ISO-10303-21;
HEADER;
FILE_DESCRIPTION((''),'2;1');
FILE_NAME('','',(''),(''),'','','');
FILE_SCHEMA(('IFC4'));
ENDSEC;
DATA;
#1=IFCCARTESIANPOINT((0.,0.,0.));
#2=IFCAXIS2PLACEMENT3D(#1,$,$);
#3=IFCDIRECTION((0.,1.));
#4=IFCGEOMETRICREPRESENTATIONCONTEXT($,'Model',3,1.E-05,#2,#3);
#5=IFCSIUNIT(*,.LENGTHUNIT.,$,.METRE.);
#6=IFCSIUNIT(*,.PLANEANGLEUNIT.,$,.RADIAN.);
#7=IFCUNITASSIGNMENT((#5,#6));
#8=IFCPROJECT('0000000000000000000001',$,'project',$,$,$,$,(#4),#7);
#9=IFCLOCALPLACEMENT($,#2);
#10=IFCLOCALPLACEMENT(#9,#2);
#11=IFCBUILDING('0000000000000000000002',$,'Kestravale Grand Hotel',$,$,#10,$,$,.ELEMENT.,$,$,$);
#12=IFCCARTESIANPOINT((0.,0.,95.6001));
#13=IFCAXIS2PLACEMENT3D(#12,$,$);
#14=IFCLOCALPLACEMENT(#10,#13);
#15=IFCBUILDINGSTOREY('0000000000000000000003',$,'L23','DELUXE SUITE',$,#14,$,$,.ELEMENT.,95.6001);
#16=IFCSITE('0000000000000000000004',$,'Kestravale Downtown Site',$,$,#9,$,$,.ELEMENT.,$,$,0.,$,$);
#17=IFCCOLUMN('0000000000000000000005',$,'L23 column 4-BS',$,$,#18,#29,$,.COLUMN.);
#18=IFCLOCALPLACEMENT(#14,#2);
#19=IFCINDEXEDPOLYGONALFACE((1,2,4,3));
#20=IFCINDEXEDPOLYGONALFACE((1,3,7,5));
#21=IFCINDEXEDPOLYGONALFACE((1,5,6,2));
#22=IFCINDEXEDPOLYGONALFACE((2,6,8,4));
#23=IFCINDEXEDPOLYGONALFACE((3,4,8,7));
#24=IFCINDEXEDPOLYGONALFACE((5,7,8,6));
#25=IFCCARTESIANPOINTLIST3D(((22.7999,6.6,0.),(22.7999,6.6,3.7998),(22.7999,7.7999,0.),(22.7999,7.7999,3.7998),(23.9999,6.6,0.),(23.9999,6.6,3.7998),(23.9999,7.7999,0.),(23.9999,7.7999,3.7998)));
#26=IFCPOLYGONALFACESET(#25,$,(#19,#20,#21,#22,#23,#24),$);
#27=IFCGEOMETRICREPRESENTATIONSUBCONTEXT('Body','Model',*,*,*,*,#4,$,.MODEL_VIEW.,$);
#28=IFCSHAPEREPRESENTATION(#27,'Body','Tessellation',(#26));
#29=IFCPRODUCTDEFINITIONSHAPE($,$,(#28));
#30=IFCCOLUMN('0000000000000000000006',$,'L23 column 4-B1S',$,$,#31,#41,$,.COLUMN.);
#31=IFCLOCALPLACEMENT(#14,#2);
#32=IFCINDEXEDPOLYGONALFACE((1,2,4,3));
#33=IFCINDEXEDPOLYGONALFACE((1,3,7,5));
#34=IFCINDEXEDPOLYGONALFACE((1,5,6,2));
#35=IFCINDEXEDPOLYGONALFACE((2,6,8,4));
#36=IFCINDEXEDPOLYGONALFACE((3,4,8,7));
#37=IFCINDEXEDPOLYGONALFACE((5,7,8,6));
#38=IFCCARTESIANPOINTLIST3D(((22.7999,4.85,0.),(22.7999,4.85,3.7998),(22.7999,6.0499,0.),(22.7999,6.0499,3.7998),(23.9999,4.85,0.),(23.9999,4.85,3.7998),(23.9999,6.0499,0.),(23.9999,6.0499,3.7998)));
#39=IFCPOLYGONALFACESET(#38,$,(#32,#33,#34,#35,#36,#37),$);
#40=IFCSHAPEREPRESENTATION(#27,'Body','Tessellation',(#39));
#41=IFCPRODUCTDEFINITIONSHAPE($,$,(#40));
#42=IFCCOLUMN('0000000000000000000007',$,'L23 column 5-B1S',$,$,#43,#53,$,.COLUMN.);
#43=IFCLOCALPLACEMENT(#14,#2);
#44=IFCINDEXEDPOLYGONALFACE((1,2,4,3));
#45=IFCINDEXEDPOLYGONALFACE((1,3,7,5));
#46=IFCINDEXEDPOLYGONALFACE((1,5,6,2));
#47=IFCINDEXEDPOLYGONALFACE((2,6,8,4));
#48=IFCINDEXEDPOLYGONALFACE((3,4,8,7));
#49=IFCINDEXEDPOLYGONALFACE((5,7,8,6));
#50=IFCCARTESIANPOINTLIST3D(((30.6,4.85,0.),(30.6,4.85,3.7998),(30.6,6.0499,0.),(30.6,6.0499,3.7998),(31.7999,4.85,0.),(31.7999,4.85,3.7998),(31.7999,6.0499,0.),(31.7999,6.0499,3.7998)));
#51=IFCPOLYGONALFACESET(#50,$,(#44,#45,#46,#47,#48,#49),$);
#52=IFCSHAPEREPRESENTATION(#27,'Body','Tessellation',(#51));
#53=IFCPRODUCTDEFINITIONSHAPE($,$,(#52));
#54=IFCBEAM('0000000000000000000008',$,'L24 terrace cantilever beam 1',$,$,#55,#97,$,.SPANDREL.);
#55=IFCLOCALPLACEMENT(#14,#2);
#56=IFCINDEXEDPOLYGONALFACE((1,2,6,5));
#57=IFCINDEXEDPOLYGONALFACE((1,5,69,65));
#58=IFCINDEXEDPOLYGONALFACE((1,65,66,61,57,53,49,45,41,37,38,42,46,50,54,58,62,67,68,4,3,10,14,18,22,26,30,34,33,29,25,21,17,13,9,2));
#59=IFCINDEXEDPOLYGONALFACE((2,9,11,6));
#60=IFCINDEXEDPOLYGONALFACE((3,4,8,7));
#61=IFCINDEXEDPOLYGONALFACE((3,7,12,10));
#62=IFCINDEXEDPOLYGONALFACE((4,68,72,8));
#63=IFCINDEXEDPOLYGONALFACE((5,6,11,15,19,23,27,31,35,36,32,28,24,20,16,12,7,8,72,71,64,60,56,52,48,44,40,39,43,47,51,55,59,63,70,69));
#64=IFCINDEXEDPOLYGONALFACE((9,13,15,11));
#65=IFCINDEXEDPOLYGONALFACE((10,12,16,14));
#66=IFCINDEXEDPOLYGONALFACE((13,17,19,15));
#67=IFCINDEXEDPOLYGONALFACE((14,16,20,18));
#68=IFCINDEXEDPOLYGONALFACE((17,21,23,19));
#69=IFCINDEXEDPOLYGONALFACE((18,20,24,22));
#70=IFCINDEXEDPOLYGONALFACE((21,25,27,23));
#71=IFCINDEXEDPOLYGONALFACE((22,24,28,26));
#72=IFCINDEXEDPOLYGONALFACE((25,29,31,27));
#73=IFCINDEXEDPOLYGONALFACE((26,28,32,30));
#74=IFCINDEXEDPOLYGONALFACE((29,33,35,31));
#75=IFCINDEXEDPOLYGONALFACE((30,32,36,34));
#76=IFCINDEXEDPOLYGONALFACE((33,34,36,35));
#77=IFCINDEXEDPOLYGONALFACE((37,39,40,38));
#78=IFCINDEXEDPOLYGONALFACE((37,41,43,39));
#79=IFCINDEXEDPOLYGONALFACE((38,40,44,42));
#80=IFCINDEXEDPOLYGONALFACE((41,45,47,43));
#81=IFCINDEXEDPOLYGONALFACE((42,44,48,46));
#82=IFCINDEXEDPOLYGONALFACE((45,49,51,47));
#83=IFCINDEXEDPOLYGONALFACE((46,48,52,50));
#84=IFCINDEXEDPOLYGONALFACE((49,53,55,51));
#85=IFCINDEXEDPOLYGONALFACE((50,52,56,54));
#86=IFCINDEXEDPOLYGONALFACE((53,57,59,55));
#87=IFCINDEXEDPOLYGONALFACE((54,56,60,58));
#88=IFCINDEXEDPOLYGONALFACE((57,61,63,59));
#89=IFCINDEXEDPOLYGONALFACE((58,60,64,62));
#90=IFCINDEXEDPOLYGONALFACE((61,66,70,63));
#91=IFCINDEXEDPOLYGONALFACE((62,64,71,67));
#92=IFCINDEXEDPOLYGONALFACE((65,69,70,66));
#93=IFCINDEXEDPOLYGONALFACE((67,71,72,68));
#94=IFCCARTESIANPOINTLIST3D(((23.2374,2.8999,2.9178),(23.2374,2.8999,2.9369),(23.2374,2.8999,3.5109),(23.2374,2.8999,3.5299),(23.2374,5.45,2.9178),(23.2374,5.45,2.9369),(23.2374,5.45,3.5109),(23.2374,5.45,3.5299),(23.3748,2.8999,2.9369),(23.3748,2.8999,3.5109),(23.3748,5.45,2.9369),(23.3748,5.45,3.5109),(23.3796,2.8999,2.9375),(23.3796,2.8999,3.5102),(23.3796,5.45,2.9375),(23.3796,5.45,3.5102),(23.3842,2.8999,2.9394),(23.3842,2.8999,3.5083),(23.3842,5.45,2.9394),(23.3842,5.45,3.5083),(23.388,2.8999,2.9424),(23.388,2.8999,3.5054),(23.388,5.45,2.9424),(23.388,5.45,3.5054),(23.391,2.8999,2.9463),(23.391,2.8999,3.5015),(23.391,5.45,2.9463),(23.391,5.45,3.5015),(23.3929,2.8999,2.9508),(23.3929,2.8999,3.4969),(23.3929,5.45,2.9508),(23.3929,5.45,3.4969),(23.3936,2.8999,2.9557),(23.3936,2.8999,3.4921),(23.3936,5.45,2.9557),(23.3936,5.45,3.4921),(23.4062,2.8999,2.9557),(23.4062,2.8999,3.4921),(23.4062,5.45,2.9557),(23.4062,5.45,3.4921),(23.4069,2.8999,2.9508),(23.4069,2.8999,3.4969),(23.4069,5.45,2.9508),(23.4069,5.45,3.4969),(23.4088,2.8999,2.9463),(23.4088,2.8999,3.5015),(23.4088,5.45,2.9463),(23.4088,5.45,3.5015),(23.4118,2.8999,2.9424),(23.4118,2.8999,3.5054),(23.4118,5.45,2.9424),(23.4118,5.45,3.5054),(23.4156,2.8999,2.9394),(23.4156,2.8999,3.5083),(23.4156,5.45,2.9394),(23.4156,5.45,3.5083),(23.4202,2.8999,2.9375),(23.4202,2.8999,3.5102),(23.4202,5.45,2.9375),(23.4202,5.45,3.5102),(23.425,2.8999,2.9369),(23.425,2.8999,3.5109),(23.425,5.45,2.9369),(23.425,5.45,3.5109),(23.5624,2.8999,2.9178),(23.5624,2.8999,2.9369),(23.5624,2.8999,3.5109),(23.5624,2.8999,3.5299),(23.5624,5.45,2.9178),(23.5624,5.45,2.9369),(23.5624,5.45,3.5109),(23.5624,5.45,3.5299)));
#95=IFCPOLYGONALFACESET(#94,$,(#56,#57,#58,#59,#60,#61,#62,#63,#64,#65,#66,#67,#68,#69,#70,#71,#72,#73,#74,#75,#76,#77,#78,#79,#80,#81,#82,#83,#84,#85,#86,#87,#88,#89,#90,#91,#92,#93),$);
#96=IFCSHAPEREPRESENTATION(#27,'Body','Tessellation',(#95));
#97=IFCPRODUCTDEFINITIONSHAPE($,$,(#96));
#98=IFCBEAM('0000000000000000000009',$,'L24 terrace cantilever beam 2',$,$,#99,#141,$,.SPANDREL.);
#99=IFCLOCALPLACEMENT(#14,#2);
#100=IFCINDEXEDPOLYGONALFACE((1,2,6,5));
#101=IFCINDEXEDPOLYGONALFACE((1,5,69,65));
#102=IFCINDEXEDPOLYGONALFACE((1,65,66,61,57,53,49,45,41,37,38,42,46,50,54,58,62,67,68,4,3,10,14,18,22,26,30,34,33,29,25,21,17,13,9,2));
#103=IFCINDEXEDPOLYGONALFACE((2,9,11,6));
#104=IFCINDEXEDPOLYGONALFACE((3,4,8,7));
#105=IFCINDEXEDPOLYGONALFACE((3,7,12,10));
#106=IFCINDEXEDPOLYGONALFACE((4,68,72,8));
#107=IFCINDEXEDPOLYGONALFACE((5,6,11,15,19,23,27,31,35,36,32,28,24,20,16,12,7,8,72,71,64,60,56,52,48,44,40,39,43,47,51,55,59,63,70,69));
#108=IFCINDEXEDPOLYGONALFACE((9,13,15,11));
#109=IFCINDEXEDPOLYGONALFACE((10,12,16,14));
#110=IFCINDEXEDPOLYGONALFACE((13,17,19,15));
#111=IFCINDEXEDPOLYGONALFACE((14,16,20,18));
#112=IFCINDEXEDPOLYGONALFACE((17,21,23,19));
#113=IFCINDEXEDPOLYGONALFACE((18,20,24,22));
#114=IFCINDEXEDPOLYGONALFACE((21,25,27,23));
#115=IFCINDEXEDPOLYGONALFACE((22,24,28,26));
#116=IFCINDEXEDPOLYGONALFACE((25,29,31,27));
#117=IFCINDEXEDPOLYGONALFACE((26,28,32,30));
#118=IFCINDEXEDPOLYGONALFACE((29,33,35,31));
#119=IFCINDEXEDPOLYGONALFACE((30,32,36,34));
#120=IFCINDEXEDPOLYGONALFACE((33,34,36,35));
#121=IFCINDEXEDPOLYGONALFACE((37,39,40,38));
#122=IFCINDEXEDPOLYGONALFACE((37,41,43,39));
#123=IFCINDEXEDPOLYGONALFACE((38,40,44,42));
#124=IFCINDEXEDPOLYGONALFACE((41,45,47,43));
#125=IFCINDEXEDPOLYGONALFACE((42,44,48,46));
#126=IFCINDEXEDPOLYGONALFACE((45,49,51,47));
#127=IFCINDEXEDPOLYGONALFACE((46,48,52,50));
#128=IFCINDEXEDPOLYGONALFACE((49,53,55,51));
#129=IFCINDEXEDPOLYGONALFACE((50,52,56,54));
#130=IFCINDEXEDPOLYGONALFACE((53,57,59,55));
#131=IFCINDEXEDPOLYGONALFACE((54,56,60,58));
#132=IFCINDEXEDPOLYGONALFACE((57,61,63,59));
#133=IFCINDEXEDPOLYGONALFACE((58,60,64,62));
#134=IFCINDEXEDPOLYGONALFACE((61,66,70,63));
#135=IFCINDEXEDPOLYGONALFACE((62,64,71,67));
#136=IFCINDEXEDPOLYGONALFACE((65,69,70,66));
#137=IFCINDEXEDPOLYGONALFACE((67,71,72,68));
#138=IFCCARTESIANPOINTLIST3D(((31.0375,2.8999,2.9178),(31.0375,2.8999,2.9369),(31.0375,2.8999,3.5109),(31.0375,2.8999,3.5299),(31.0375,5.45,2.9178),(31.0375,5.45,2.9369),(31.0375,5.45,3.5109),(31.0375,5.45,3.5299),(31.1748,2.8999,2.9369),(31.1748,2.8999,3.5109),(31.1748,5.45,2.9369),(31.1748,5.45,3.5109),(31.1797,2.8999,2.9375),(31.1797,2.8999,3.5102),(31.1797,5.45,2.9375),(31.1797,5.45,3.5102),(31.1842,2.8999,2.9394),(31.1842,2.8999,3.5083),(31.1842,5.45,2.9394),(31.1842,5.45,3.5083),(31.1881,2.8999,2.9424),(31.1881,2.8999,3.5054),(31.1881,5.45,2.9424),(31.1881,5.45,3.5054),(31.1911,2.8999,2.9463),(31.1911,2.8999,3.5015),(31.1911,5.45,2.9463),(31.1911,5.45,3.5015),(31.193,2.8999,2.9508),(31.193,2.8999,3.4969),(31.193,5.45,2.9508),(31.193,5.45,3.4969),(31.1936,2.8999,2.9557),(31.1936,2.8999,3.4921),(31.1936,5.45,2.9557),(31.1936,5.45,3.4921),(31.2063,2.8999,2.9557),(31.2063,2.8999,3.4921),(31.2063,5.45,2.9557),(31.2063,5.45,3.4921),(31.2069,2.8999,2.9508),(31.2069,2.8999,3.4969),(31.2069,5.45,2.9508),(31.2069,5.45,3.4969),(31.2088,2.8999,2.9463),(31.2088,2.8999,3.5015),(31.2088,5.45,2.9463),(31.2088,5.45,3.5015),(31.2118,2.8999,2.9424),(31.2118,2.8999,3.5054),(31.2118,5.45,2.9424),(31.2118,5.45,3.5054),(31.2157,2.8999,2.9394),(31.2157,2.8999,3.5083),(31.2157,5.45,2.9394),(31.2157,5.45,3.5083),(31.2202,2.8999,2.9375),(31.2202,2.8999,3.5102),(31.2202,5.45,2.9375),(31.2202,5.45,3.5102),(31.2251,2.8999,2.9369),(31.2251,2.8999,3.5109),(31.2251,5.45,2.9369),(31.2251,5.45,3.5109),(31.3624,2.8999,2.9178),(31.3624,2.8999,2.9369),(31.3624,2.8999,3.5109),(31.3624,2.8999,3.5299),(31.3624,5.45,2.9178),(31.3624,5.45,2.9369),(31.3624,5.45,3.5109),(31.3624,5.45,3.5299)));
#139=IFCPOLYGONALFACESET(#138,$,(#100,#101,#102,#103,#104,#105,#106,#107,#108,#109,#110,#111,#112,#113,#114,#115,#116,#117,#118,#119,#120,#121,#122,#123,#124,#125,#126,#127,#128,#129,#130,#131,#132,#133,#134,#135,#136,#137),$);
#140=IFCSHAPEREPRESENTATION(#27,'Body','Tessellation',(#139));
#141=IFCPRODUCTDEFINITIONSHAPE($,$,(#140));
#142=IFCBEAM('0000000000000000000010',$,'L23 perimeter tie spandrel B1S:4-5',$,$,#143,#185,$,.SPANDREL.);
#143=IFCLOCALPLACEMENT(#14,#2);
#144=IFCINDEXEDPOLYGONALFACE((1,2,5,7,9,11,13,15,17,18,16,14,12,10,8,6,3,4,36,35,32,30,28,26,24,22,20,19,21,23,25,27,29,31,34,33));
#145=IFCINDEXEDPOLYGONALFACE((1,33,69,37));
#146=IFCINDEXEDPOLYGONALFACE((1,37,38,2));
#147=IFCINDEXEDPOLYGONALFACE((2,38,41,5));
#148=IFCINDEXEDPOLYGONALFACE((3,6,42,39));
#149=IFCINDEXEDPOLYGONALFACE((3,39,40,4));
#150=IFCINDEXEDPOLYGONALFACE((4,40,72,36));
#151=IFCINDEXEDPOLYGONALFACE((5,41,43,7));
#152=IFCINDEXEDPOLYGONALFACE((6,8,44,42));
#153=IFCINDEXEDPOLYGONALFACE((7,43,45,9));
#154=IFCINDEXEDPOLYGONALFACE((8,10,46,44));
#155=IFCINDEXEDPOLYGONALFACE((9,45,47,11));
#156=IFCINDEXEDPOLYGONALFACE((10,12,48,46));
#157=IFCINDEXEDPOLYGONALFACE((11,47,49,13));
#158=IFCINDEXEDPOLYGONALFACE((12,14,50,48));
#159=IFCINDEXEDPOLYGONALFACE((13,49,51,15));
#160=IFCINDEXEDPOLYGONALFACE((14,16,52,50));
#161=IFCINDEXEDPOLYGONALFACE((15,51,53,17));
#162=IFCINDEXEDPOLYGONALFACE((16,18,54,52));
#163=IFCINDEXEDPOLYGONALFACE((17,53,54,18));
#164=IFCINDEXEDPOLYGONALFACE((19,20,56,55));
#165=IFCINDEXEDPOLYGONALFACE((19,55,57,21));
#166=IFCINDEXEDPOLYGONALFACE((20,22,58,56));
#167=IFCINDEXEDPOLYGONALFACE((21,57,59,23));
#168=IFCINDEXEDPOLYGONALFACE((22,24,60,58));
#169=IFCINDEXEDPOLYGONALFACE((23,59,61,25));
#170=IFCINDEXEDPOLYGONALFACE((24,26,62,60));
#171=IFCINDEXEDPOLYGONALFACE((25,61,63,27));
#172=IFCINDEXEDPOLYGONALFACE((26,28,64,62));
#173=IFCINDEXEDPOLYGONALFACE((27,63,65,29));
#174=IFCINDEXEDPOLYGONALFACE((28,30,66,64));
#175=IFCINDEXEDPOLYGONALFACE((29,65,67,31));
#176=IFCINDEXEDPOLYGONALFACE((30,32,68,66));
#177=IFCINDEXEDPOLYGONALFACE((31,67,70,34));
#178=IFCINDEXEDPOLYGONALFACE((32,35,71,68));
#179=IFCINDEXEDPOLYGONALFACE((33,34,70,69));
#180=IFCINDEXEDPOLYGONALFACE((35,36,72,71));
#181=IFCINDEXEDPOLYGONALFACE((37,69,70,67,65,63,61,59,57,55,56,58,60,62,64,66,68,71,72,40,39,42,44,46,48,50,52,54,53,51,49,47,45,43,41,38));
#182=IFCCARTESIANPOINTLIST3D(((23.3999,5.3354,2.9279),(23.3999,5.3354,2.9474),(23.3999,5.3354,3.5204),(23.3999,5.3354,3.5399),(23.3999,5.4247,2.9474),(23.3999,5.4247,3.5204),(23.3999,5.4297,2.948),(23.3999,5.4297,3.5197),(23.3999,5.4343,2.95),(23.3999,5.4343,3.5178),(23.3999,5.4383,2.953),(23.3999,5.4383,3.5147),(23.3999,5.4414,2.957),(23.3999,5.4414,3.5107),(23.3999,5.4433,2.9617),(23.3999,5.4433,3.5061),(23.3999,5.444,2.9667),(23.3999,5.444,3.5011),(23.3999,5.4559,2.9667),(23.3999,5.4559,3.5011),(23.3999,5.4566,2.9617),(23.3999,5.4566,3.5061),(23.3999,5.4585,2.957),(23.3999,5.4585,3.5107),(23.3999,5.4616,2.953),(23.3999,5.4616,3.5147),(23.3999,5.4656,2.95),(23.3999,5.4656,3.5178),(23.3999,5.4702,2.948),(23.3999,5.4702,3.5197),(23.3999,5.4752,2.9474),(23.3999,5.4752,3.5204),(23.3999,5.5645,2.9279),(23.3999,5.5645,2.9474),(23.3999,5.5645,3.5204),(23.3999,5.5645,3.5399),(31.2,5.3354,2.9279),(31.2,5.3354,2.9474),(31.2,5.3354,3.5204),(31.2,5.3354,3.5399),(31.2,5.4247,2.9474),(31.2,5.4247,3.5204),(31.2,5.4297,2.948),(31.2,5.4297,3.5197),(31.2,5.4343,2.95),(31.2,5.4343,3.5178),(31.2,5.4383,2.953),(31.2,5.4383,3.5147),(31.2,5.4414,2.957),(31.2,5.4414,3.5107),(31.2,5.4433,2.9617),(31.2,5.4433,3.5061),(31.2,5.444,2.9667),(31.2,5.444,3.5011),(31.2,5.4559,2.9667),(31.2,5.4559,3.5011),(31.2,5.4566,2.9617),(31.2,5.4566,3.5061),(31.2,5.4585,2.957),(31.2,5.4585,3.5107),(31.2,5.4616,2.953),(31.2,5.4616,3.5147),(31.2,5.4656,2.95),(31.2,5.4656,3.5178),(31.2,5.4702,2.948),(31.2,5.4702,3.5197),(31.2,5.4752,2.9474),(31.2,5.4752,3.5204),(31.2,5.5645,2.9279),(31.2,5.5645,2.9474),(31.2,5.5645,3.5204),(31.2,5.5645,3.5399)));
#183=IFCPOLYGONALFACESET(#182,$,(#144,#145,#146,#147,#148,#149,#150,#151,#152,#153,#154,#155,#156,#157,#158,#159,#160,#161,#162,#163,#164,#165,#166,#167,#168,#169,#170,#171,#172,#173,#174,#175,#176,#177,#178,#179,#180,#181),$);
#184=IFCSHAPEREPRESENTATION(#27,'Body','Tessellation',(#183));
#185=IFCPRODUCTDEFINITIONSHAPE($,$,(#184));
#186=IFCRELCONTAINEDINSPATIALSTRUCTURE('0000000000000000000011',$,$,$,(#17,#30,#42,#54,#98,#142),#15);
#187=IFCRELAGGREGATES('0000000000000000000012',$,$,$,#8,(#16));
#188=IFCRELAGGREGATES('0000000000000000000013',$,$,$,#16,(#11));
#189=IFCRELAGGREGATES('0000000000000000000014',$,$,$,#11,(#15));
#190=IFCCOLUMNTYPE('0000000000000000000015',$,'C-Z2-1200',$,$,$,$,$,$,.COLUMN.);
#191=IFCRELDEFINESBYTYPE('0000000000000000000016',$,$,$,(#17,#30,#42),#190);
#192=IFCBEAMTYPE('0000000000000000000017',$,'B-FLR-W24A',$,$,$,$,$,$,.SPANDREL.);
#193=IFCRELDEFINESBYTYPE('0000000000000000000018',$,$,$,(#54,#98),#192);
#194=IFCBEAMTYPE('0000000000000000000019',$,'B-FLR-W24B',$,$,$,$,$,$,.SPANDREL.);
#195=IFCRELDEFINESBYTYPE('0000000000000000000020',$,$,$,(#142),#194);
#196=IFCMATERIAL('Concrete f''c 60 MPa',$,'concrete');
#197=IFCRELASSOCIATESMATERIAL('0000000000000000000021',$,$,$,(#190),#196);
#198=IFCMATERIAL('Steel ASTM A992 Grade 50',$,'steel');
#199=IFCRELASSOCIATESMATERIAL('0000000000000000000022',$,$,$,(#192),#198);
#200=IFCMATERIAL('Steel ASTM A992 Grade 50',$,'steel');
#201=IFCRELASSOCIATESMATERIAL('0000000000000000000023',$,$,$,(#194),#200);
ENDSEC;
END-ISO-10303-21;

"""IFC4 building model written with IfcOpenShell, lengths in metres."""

from ifc_helpers import new_model, si_unit, direction, frame, origin, origin_2d, place, context, subcontext, project, spatial, rectangle, i_section, extrude, material, material_profile, profile_set, type_object, element, save


model = new_model("IFC4")

# Units and contexts
model_context = context("Model", 3, precision=1e-05, world=origin(), true_north=direction((0.0, 1.0)))
body_context = subcontext(model_context, "Body", "Model", "MODEL_VIEW")
ifc_project = project(units=[si_unit("LENGTHUNIT", "METRE"), si_unit("PLANEANGLEUNIT", "RADIAN")], contexts=[model_context])

# Site, building, storey
site_placement = place(None, origin())
site = spatial("IfcSite", under=ifc_project, at=site_placement, Name="Kestravale Downtown Site", CompositionType="ELEMENT", RefElevation=0.0)
building_placement = place(site_placement, origin())
building = spatial("IfcBuilding", under=site, at=building_placement, Name="Kestravale Grand Hotel", CompositionType="ELEMENT")
storey_placement = place(building_placement, frame((0.0, 0.0, 95.6001)))
storey = spatial("IfcBuildingStorey", under=building, at=storey_placement, Name="L23", Description="DELUXE SUITE", CompositionType="ELEMENT", Elevation=95.6001)

# Columns
ifc_material_1 = material(Name="Concrete f'c 60 MPa", Category="concrete")
ifc_material_profile_1 = material_profile(ifc_material_1, rectangle(XDim=1.2, YDim=1.2, at=origin_2d()))
ifc_profile_set_1 = profile_set([ifc_material_profile_1], Name="Concrete f'c 60 MPa")
column_type = type_object("IfcColumnType", Name="C-Z2-1200", PredefinedType="COLUMN", material=ifc_profile_set_1)
for number, where, z_axis, x_axis, name in (
    (1, (23.3999, 7.2, 0.0), (0.0, 0.0, 1.0), (1.0, 0.0, 0.0), "L23 column 4-BS"),
    (2, (23.3999, 5.45, 0.0), (0.0, 0.0, 1.0), (1.0, 0.0, 0.0), "L23 column 4-B1S"),
    (3, (31.2, 5.45, 0.0), (0.0, 0.0, 1.0), (1.0, 0.0, 0.0), "L23 column 5-B1S"),
):
    element("IfcColumn", number, at=place(storey_placement, frame(where, z_axis=z_axis, x_axis=x_axis)), inside=storey, type_object=column_type, Name=name, PredefinedType="COLUMN", context=body_context, shape_type="SweptSolid", body=[
        extrude(rectangle(XDim=1.2, YDim=1.2, at=origin_2d()), origin(), (0.0, 0.0, 1.0), 3.7998),
    ])

# Beams
ifc_material_2 = material(Name="Steel ASTM A992 Grade 50", Category="steel")
ifc_material_profile_2 = material_profile(ifc_material_2, i_section(OverallWidth=0.325, OverallDepth=0.6121, WebThickness=0.0127, FlangeThickness=0.019, FilletRadius=0.0188, at=origin_2d()))
ifc_profile_set_2 = profile_set([ifc_material_profile_2], Name="Steel ASTM A992 Grade 50")
beam_type_1 = type_object("IfcBeamType", Name="B-FLR-W24A", PredefinedType="SPANDREL", material=ifc_profile_set_2)
for number, where, z_axis, x_axis, name in (
    (4, (23.3999, 5.45, 3.2239), (0.0, -1.0, 0.0), (1.0, 0.0, 0.0), "L24 terrace cantilever beam 1"),
    (5, (31.2, 5.45, 3.2239), (0.0, -1.0, 0.0), (1.0, 0.0, 0.0), "L24 terrace cantilever beam 2"),
):
    element("IfcBeam", number, at=place(storey_placement, frame(where, z_axis=z_axis, x_axis=x_axis)), inside=storey, type_object=beam_type_1, Name=name, PredefinedType="SPANDREL", context=body_context, shape_type="SweptSolid", body=[
        extrude(i_section(OverallWidth=0.325, OverallDepth=0.6121, WebThickness=0.0127, FlangeThickness=0.019, FilletRadius=0.0188, at=origin_2d()), origin(), (0.0, 0.0, 1.0), 2.55),
    ])
ifc_material_3 = material(Name="Steel ASTM A992 Grade 50", Category="steel")
ifc_material_profile_3 = material_profile(ifc_material_3, i_section(OverallWidth=0.229, OverallDepth=0.6121, WebThickness=0.012, FlangeThickness=0.0195, FilletRadius=0.0193, at=origin_2d()))
ifc_profile_set_3 = profile_set([ifc_material_profile_3], Name="Steel ASTM A992 Grade 50")
beam_type_2 = type_object("IfcBeamType", Name="B-FLR-W24B", PredefinedType="SPANDREL", material=ifc_profile_set_3)
for number, where, z_axis, x_axis, name in (
    (6, (23.3999, 5.45, 3.2339), (1.0, 0.0, 0.0), (0.0, 1.0, 0.0), "L23 perimeter tie spandrel B1S:4-5"),
):
    element("IfcBeam", number, at=place(storey_placement, frame(where, z_axis=z_axis, x_axis=x_axis)), inside=storey, type_object=beam_type_2, Name=name, PredefinedType="SPANDREL", context=body_context, shape_type="SweptSolid", body=[
        extrude(i_section(OverallWidth=0.229, OverallDepth=0.6121, WebThickness=0.012, FlangeThickness=0.0195, FilletRadius=0.0193, at=origin_2d()), origin(), (0.0, 0.0, 1.0), 7.8),
    ])

save(model, "model.ifc")
